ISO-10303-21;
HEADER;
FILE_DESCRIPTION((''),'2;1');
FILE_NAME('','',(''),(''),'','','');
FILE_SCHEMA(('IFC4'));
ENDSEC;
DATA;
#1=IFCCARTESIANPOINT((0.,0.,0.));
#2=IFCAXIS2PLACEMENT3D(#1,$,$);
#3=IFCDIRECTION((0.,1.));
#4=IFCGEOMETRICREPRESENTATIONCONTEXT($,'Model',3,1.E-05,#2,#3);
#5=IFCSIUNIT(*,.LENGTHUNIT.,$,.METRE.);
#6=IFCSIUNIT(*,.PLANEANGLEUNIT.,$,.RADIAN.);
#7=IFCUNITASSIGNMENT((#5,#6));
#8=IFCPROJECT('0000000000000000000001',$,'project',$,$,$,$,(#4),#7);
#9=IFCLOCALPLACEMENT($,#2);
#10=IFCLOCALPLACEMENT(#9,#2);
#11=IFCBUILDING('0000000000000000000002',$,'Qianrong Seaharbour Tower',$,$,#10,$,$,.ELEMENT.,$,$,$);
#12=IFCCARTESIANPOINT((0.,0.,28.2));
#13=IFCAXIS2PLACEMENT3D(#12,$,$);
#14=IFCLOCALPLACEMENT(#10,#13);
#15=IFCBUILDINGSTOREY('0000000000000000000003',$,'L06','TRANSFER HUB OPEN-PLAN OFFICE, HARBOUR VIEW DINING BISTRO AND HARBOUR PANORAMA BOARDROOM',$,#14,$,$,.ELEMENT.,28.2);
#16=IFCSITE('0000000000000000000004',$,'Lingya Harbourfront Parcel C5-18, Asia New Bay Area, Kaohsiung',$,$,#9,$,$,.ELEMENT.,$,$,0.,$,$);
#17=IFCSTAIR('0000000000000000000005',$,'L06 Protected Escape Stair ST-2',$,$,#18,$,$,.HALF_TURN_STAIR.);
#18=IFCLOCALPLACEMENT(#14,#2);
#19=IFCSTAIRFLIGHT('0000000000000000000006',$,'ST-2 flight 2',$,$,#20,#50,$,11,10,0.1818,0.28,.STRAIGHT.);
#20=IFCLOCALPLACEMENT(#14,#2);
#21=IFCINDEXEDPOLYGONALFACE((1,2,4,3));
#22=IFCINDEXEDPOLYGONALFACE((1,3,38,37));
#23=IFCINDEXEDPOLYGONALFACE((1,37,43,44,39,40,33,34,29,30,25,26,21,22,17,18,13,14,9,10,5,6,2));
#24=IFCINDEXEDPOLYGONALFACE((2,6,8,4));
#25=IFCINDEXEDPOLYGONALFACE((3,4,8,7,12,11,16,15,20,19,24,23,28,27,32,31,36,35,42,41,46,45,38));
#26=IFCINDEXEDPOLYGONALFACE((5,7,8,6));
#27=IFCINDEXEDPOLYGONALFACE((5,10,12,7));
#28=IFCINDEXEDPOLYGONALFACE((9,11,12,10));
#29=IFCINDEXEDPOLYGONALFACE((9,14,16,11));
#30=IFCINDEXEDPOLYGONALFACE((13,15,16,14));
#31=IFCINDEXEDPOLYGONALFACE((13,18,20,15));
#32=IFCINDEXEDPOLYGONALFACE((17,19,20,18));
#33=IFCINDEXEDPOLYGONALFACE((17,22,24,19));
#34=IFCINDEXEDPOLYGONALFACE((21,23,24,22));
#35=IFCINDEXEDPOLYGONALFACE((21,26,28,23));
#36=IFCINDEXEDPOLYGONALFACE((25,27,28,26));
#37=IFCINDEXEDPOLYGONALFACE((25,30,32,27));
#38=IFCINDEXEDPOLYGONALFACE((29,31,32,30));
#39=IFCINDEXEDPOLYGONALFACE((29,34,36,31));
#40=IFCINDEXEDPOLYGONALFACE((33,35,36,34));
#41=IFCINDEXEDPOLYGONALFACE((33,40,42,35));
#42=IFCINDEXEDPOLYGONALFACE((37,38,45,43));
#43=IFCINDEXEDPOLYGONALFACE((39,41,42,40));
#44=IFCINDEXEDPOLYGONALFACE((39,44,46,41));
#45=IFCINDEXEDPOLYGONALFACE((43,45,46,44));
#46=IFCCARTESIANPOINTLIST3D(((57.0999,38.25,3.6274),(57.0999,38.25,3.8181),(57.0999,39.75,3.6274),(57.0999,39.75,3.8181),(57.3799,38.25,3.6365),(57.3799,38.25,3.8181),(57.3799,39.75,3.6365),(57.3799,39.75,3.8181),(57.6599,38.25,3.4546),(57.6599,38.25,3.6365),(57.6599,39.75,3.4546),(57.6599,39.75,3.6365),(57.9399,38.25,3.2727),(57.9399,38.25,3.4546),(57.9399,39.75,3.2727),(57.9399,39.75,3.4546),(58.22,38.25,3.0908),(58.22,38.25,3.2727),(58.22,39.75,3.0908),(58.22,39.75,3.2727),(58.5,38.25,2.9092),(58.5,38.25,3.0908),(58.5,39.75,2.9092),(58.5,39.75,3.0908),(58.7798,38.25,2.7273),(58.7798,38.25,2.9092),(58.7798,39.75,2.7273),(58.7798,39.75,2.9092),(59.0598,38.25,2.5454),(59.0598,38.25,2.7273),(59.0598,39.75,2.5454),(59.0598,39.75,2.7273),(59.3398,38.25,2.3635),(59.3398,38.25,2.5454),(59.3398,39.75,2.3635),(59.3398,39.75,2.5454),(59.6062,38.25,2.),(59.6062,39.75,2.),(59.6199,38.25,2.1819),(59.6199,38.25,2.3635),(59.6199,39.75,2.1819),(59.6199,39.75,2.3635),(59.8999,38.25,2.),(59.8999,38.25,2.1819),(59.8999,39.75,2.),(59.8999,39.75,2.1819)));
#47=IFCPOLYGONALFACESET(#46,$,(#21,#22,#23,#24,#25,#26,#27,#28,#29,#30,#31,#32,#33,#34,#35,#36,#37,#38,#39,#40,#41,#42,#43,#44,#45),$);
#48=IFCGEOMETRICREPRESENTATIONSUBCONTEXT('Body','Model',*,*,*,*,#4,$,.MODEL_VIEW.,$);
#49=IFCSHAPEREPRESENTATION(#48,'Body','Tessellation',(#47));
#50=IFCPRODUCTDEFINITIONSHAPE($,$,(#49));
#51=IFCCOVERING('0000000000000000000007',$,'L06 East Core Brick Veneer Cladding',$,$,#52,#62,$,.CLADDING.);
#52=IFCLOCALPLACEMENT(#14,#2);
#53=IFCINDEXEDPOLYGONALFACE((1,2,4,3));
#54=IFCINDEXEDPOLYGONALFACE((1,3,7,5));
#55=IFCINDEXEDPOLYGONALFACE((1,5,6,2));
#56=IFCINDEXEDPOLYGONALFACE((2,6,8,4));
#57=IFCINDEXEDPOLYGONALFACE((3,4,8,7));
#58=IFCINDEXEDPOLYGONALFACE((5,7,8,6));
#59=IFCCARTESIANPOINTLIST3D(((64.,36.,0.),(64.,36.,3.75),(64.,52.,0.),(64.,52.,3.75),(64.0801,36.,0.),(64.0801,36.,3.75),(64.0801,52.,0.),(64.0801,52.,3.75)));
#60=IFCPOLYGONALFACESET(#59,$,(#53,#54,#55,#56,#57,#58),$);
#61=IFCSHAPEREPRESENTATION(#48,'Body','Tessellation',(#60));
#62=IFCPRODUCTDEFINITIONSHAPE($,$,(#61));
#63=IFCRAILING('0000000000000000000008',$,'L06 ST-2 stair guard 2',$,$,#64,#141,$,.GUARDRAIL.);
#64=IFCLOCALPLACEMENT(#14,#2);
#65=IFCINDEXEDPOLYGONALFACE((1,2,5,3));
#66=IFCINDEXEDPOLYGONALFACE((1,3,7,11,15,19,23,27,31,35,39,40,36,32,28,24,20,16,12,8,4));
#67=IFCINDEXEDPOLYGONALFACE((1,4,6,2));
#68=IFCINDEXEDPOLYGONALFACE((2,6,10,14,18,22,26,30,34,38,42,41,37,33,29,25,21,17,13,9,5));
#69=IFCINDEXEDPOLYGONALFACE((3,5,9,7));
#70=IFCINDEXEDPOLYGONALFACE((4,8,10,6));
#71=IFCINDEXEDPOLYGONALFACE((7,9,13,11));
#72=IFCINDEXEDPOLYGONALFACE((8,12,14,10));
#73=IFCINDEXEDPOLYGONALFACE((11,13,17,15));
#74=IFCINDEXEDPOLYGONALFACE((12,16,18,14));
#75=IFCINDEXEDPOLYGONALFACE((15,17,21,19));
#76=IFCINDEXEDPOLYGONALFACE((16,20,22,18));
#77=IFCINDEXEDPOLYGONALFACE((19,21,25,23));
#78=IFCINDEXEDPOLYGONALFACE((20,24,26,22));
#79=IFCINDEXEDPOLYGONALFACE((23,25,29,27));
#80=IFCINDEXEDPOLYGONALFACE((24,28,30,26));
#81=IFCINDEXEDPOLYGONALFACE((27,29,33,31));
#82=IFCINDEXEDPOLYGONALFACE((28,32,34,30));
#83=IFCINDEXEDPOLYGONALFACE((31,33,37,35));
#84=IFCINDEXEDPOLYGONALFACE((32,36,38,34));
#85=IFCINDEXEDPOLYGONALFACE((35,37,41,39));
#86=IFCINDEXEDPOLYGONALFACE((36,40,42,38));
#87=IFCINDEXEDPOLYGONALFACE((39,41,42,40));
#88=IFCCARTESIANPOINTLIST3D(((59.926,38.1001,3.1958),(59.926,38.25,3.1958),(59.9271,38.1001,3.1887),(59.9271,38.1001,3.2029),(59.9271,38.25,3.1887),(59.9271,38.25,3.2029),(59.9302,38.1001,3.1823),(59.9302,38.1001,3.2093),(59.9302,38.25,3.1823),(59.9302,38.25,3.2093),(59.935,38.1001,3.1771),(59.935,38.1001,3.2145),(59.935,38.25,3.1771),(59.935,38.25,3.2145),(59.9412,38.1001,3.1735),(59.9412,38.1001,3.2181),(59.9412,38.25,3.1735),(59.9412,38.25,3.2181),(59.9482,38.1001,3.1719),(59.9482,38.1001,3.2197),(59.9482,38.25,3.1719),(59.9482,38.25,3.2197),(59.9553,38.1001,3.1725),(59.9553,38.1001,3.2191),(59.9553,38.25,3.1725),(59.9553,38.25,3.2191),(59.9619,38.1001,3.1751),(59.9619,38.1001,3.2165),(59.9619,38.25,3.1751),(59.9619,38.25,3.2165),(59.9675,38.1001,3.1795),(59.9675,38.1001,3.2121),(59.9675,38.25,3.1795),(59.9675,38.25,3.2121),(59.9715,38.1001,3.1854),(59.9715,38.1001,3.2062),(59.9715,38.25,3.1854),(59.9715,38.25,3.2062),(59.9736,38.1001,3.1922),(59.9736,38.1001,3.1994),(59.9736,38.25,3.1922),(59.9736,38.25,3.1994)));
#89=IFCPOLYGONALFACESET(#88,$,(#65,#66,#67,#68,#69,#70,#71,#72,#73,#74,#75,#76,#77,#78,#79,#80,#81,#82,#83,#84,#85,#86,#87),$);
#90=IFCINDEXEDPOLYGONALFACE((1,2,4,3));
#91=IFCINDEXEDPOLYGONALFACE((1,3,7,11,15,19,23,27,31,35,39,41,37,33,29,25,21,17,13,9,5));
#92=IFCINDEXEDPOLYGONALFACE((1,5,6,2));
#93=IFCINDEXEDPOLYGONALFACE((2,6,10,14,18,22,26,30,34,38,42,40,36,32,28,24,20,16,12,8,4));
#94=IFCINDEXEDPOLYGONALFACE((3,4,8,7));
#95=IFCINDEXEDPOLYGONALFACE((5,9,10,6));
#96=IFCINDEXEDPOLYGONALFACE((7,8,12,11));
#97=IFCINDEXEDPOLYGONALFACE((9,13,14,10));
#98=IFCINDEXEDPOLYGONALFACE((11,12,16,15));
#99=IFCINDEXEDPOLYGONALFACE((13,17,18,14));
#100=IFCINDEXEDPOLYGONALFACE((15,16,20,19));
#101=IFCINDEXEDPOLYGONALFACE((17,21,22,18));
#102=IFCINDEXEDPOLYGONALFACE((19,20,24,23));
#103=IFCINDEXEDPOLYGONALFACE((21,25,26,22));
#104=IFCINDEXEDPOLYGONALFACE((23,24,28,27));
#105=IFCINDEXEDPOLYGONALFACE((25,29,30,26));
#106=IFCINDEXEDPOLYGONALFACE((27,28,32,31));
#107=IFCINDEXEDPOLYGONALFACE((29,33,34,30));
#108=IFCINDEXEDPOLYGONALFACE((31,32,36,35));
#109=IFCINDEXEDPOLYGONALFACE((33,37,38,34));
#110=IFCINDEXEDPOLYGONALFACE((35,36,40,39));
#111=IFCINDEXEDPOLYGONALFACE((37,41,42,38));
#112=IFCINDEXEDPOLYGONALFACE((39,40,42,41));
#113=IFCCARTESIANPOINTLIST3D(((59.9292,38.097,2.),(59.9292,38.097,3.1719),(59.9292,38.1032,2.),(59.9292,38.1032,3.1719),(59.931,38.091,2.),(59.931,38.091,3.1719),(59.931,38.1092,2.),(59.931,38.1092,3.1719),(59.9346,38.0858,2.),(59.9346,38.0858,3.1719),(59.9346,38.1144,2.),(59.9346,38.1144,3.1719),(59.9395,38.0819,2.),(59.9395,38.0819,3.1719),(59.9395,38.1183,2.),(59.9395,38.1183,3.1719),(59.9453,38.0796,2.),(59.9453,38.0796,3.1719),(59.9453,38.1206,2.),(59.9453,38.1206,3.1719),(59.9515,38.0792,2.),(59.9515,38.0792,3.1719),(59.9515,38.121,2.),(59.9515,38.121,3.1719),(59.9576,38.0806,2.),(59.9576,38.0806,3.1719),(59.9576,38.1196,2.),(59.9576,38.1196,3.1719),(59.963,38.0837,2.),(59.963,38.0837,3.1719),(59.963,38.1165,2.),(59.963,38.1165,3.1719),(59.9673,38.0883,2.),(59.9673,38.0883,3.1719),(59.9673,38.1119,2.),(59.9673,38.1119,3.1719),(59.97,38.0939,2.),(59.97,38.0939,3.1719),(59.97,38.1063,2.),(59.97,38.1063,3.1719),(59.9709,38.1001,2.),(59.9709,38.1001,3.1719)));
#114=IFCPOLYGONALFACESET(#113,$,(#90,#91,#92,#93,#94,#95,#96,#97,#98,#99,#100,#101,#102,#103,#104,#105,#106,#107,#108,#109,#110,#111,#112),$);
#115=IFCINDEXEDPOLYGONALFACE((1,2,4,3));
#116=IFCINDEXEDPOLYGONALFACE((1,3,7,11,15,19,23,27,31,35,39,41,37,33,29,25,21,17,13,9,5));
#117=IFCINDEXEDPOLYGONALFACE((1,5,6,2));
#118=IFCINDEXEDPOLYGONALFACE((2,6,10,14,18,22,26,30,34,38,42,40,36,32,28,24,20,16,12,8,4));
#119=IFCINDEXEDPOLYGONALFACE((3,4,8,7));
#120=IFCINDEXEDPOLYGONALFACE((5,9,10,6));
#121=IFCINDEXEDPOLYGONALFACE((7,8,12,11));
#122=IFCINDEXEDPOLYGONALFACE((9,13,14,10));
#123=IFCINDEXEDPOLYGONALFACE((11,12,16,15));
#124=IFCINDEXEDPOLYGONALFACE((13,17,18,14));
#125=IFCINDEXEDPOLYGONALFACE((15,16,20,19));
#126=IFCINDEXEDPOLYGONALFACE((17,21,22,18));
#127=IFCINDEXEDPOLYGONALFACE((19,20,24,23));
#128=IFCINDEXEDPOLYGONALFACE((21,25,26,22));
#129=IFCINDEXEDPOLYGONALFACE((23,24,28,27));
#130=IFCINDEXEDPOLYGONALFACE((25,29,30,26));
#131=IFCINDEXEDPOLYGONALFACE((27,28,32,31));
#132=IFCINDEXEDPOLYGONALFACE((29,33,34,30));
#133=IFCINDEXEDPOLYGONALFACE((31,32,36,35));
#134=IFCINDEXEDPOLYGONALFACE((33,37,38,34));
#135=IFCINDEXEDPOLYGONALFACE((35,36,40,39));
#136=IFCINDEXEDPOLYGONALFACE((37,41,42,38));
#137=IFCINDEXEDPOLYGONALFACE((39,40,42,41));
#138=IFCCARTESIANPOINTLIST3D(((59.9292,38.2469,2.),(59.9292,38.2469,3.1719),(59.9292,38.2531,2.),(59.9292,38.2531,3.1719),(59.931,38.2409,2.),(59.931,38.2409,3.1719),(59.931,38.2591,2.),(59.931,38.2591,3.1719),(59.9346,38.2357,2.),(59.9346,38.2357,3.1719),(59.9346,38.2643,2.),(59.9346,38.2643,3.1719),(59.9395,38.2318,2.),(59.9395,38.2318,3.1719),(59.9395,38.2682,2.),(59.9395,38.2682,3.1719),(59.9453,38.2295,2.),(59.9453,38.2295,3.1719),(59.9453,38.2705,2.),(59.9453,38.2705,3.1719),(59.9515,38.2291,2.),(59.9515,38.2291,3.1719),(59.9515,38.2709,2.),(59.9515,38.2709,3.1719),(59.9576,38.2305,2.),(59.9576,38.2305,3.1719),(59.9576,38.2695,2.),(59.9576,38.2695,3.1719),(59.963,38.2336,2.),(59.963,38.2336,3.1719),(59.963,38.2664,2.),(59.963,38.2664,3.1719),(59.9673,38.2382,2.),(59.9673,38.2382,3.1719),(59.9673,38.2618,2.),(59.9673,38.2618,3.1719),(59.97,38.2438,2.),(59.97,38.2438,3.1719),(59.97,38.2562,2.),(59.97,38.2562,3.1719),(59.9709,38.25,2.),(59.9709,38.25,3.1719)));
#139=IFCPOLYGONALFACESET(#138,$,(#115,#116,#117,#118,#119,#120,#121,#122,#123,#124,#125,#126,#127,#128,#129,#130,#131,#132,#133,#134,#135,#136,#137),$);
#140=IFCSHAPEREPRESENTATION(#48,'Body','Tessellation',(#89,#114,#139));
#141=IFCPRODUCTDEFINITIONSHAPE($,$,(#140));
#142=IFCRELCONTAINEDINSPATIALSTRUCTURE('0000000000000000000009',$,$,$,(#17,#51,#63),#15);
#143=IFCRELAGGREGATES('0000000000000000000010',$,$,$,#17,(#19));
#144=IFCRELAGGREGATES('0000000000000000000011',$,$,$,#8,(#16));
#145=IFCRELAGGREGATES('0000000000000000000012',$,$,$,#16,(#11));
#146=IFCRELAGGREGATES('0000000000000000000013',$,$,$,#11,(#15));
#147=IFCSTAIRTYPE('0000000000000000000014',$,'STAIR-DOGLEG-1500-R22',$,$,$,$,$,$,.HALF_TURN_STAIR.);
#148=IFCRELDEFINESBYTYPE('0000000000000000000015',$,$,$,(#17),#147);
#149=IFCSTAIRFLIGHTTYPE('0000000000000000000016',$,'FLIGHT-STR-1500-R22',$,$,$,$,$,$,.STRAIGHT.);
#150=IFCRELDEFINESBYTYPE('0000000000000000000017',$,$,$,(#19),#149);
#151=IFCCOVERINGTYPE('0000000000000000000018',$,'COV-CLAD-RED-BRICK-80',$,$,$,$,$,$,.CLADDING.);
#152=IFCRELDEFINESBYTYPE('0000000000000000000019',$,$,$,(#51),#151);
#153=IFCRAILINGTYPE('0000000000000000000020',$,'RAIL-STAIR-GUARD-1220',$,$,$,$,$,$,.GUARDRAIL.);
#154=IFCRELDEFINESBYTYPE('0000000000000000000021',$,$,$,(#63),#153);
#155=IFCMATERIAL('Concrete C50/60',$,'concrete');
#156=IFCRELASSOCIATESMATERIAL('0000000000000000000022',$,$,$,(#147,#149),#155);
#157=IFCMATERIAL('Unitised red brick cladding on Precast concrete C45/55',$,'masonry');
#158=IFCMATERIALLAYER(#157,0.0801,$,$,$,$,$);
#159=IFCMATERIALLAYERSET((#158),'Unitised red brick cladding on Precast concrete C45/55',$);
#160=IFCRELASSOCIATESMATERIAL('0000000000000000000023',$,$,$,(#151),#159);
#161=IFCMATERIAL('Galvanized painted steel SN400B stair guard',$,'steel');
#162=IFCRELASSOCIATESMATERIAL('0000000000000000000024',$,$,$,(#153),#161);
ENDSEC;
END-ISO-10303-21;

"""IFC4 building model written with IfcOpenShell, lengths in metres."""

from ifc_helpers import new_model, si_unit, direction, frame, origin, origin_2d, place, context, subcontext, project, spatial, polyline, rectangle, circle, outline, extrude, material, layer, layer_set, type_object, element, aggregate, save


model = new_model("IFC4")

# Units and contexts
model_context = context("Model", 3, precision=1e-05, world=origin(), true_north=direction((0.0, 1.0)))
body_context = subcontext(model_context, "Body", "Model", "MODEL_VIEW")
ifc_project = project(units=[si_unit("LENGTHUNIT", "METRE"), si_unit("PLANEANGLEUNIT", "RADIAN")], contexts=[model_context])

# Site, building, storey
site_placement = place(None, origin())
site = spatial("IfcSite", under=ifc_project, at=site_placement, Name="Lingya Harbourfront Parcel C5-18, Asia New Bay Area, Kaohsiung", CompositionType="ELEMENT", RefElevation=0.0)
building_placement = place(site_placement, origin())
building = spatial("IfcBuilding", under=site, at=building_placement, Name="Qianrong Seaharbour Tower", CompositionType="ELEMENT")
storey_placement = place(building_placement, frame((0.0, 0.0, 28.2)))
storey = spatial("IfcBuildingStorey", under=building, at=storey_placement, Name="L06", Description="TRANSFER HUB OPEN-PLAN OFFICE, HARBOUR VIEW DINING BISTRO AND HARBOUR PANORAMA BOARDROOM", CompositionType="ELEMENT", Elevation=28.2)

# Shared definitions
ifc_material_1 = material(Name="Concrete C50/60", Category="concrete")

# Stair, stair flight
stair_type = type_object("IfcStairType", Name="STAIR-DOGLEG-1500-R22", PredefinedType="HALF_TURN_STAIR", material=ifc_material_1)
stair_placement = place(storey_placement, origin())
stair = element("IfcStair", 1, at=stair_placement, inside=storey, type_object=stair_type, Name="L06 Protected Escape Stair ST-2", PredefinedType="HALF_TURN_STAIR")
stair_flight_type = type_object("IfcStairFlightType", Name="FLIGHT-STR-1500-R22", PredefinedType="STRAIGHT", material=ifc_material_1)
stair_flight_placement = place(storey_placement, frame((59.8999, 39.0, 2.0), z_axis=(0.0, 0.0, 1.0), x_axis=(-1.0, 0.0, 0.0)))
stair_flight = element("IfcStairFlight", 2, at=stair_flight_placement, type_object=stair_flight_type, Name="ST-2 flight 2", NumberOfRisers=11, NumberOfTreads=10, PredefinedType="STRAIGHT", RiserHeight=0.1818, TreadLength=0.28, context=body_context, shape_type="SweptSolid", body=[
    extrude(outline(polyline([(0.0, 0.0), (0.0, 0.1819), (0.28, 0.1819), (0.28, 0.3635), (0.5601, 0.3635), (0.5601, 0.5454), (0.8401, 0.5454), (0.8401, 0.7273), (1.1201, 0.7273), (1.1201, 0.9092), (1.3999, 0.9092), (1.3999, 1.0908), (1.6799, 1.0908), (1.6799, 1.2727), (1.96, 1.2727), (1.96, 1.4546), (2.24, 1.4546), (2.24, 1.6365), (2.52, 1.6365), (2.52, 1.8181), (2.8, 1.8181), (2.8, 2.0), (2.8, 1.6274), (0.2937, 0.0), (0.0, 0.0)])), frame((0.0, 0.75, 0.0), z_axis=(0.0, -1.0, 0.0), x_axis=(1.0, 0.0, 0.0)), (0.0, 0.0, 1.0), 1.5),
])
aggregate(stair, [stair_flight])

# Covering
ifc_material_2 = material(Name="Unitised red brick cladding on Precast concrete C45/55", Category="masonry")
ifc_layer_1 = layer(ifc_material_2, 0.0801)
ifc_layer_set_1 = layer_set([ifc_layer_1], Name="Unitised red brick cladding on Precast concrete C45/55")
covering_type = type_object("IfcCoveringType", Name="COV-CLAD-RED-BRICK-80", PredefinedType="CLADDING", material=ifc_layer_set_1)
covering_placement = place(storey_placement, frame((64.04, 44.0, 0.0), z_axis=(0.0, 0.0, 1.0), x_axis=(1.0, 0.0, 0.0)))
element("IfcCovering", 3, at=covering_placement, inside=storey, type_object=covering_type, Name="L06 East Core Brick Veneer Cladding", PredefinedType="CLADDING", context=body_context, shape_type="SweptSolid", body=[
    extrude(rectangle(XDim=0.0801, YDim=16.0, at=origin_2d()), origin(), (0.0, 0.0, 1.0), 3.75),
])

# Railing
ifc_material_3 = material(Name="Galvanized painted steel SN400B stair guard", Category="steel")
railing_type_1 = type_object("IfcRailingType", Name="RAIL-STAIR-GUARD-1220", PredefinedType="GUARDRAIL", material=ifc_material_3)
railing_1_placement = place(storey_placement, frame((59.95, 38.1001, 2.0)))
element("IfcRailing", 4, at=railing_1_placement, inside=storey, type_object=railing_type_1, Name="L06 ST-2 stair guard 2", PredefinedType="GUARDRAIL", context=body_context, shape_type="SweptSolid", body=[
    extrude(circle(Radius=0.0239, at=origin_2d()), frame((0.0, 0.0, 1.1958), z_axis=(0.0, 1.0, 0.0), x_axis=(-1.0, 0.0, 0.0)), (0.0, 0.0, 1.0), 0.1499),
    extrude(circle(Radius=0.021, at=origin_2d()), origin(), (0.0, 0.0, 1.0), 1.1719),
    extrude(circle(Radius=0.021, at=origin_2d()), frame((0.0, 0.1499, 0.0)), (0.0, 0.0, 1.0), 1.1719),
])

save(model, "model.ifc")
